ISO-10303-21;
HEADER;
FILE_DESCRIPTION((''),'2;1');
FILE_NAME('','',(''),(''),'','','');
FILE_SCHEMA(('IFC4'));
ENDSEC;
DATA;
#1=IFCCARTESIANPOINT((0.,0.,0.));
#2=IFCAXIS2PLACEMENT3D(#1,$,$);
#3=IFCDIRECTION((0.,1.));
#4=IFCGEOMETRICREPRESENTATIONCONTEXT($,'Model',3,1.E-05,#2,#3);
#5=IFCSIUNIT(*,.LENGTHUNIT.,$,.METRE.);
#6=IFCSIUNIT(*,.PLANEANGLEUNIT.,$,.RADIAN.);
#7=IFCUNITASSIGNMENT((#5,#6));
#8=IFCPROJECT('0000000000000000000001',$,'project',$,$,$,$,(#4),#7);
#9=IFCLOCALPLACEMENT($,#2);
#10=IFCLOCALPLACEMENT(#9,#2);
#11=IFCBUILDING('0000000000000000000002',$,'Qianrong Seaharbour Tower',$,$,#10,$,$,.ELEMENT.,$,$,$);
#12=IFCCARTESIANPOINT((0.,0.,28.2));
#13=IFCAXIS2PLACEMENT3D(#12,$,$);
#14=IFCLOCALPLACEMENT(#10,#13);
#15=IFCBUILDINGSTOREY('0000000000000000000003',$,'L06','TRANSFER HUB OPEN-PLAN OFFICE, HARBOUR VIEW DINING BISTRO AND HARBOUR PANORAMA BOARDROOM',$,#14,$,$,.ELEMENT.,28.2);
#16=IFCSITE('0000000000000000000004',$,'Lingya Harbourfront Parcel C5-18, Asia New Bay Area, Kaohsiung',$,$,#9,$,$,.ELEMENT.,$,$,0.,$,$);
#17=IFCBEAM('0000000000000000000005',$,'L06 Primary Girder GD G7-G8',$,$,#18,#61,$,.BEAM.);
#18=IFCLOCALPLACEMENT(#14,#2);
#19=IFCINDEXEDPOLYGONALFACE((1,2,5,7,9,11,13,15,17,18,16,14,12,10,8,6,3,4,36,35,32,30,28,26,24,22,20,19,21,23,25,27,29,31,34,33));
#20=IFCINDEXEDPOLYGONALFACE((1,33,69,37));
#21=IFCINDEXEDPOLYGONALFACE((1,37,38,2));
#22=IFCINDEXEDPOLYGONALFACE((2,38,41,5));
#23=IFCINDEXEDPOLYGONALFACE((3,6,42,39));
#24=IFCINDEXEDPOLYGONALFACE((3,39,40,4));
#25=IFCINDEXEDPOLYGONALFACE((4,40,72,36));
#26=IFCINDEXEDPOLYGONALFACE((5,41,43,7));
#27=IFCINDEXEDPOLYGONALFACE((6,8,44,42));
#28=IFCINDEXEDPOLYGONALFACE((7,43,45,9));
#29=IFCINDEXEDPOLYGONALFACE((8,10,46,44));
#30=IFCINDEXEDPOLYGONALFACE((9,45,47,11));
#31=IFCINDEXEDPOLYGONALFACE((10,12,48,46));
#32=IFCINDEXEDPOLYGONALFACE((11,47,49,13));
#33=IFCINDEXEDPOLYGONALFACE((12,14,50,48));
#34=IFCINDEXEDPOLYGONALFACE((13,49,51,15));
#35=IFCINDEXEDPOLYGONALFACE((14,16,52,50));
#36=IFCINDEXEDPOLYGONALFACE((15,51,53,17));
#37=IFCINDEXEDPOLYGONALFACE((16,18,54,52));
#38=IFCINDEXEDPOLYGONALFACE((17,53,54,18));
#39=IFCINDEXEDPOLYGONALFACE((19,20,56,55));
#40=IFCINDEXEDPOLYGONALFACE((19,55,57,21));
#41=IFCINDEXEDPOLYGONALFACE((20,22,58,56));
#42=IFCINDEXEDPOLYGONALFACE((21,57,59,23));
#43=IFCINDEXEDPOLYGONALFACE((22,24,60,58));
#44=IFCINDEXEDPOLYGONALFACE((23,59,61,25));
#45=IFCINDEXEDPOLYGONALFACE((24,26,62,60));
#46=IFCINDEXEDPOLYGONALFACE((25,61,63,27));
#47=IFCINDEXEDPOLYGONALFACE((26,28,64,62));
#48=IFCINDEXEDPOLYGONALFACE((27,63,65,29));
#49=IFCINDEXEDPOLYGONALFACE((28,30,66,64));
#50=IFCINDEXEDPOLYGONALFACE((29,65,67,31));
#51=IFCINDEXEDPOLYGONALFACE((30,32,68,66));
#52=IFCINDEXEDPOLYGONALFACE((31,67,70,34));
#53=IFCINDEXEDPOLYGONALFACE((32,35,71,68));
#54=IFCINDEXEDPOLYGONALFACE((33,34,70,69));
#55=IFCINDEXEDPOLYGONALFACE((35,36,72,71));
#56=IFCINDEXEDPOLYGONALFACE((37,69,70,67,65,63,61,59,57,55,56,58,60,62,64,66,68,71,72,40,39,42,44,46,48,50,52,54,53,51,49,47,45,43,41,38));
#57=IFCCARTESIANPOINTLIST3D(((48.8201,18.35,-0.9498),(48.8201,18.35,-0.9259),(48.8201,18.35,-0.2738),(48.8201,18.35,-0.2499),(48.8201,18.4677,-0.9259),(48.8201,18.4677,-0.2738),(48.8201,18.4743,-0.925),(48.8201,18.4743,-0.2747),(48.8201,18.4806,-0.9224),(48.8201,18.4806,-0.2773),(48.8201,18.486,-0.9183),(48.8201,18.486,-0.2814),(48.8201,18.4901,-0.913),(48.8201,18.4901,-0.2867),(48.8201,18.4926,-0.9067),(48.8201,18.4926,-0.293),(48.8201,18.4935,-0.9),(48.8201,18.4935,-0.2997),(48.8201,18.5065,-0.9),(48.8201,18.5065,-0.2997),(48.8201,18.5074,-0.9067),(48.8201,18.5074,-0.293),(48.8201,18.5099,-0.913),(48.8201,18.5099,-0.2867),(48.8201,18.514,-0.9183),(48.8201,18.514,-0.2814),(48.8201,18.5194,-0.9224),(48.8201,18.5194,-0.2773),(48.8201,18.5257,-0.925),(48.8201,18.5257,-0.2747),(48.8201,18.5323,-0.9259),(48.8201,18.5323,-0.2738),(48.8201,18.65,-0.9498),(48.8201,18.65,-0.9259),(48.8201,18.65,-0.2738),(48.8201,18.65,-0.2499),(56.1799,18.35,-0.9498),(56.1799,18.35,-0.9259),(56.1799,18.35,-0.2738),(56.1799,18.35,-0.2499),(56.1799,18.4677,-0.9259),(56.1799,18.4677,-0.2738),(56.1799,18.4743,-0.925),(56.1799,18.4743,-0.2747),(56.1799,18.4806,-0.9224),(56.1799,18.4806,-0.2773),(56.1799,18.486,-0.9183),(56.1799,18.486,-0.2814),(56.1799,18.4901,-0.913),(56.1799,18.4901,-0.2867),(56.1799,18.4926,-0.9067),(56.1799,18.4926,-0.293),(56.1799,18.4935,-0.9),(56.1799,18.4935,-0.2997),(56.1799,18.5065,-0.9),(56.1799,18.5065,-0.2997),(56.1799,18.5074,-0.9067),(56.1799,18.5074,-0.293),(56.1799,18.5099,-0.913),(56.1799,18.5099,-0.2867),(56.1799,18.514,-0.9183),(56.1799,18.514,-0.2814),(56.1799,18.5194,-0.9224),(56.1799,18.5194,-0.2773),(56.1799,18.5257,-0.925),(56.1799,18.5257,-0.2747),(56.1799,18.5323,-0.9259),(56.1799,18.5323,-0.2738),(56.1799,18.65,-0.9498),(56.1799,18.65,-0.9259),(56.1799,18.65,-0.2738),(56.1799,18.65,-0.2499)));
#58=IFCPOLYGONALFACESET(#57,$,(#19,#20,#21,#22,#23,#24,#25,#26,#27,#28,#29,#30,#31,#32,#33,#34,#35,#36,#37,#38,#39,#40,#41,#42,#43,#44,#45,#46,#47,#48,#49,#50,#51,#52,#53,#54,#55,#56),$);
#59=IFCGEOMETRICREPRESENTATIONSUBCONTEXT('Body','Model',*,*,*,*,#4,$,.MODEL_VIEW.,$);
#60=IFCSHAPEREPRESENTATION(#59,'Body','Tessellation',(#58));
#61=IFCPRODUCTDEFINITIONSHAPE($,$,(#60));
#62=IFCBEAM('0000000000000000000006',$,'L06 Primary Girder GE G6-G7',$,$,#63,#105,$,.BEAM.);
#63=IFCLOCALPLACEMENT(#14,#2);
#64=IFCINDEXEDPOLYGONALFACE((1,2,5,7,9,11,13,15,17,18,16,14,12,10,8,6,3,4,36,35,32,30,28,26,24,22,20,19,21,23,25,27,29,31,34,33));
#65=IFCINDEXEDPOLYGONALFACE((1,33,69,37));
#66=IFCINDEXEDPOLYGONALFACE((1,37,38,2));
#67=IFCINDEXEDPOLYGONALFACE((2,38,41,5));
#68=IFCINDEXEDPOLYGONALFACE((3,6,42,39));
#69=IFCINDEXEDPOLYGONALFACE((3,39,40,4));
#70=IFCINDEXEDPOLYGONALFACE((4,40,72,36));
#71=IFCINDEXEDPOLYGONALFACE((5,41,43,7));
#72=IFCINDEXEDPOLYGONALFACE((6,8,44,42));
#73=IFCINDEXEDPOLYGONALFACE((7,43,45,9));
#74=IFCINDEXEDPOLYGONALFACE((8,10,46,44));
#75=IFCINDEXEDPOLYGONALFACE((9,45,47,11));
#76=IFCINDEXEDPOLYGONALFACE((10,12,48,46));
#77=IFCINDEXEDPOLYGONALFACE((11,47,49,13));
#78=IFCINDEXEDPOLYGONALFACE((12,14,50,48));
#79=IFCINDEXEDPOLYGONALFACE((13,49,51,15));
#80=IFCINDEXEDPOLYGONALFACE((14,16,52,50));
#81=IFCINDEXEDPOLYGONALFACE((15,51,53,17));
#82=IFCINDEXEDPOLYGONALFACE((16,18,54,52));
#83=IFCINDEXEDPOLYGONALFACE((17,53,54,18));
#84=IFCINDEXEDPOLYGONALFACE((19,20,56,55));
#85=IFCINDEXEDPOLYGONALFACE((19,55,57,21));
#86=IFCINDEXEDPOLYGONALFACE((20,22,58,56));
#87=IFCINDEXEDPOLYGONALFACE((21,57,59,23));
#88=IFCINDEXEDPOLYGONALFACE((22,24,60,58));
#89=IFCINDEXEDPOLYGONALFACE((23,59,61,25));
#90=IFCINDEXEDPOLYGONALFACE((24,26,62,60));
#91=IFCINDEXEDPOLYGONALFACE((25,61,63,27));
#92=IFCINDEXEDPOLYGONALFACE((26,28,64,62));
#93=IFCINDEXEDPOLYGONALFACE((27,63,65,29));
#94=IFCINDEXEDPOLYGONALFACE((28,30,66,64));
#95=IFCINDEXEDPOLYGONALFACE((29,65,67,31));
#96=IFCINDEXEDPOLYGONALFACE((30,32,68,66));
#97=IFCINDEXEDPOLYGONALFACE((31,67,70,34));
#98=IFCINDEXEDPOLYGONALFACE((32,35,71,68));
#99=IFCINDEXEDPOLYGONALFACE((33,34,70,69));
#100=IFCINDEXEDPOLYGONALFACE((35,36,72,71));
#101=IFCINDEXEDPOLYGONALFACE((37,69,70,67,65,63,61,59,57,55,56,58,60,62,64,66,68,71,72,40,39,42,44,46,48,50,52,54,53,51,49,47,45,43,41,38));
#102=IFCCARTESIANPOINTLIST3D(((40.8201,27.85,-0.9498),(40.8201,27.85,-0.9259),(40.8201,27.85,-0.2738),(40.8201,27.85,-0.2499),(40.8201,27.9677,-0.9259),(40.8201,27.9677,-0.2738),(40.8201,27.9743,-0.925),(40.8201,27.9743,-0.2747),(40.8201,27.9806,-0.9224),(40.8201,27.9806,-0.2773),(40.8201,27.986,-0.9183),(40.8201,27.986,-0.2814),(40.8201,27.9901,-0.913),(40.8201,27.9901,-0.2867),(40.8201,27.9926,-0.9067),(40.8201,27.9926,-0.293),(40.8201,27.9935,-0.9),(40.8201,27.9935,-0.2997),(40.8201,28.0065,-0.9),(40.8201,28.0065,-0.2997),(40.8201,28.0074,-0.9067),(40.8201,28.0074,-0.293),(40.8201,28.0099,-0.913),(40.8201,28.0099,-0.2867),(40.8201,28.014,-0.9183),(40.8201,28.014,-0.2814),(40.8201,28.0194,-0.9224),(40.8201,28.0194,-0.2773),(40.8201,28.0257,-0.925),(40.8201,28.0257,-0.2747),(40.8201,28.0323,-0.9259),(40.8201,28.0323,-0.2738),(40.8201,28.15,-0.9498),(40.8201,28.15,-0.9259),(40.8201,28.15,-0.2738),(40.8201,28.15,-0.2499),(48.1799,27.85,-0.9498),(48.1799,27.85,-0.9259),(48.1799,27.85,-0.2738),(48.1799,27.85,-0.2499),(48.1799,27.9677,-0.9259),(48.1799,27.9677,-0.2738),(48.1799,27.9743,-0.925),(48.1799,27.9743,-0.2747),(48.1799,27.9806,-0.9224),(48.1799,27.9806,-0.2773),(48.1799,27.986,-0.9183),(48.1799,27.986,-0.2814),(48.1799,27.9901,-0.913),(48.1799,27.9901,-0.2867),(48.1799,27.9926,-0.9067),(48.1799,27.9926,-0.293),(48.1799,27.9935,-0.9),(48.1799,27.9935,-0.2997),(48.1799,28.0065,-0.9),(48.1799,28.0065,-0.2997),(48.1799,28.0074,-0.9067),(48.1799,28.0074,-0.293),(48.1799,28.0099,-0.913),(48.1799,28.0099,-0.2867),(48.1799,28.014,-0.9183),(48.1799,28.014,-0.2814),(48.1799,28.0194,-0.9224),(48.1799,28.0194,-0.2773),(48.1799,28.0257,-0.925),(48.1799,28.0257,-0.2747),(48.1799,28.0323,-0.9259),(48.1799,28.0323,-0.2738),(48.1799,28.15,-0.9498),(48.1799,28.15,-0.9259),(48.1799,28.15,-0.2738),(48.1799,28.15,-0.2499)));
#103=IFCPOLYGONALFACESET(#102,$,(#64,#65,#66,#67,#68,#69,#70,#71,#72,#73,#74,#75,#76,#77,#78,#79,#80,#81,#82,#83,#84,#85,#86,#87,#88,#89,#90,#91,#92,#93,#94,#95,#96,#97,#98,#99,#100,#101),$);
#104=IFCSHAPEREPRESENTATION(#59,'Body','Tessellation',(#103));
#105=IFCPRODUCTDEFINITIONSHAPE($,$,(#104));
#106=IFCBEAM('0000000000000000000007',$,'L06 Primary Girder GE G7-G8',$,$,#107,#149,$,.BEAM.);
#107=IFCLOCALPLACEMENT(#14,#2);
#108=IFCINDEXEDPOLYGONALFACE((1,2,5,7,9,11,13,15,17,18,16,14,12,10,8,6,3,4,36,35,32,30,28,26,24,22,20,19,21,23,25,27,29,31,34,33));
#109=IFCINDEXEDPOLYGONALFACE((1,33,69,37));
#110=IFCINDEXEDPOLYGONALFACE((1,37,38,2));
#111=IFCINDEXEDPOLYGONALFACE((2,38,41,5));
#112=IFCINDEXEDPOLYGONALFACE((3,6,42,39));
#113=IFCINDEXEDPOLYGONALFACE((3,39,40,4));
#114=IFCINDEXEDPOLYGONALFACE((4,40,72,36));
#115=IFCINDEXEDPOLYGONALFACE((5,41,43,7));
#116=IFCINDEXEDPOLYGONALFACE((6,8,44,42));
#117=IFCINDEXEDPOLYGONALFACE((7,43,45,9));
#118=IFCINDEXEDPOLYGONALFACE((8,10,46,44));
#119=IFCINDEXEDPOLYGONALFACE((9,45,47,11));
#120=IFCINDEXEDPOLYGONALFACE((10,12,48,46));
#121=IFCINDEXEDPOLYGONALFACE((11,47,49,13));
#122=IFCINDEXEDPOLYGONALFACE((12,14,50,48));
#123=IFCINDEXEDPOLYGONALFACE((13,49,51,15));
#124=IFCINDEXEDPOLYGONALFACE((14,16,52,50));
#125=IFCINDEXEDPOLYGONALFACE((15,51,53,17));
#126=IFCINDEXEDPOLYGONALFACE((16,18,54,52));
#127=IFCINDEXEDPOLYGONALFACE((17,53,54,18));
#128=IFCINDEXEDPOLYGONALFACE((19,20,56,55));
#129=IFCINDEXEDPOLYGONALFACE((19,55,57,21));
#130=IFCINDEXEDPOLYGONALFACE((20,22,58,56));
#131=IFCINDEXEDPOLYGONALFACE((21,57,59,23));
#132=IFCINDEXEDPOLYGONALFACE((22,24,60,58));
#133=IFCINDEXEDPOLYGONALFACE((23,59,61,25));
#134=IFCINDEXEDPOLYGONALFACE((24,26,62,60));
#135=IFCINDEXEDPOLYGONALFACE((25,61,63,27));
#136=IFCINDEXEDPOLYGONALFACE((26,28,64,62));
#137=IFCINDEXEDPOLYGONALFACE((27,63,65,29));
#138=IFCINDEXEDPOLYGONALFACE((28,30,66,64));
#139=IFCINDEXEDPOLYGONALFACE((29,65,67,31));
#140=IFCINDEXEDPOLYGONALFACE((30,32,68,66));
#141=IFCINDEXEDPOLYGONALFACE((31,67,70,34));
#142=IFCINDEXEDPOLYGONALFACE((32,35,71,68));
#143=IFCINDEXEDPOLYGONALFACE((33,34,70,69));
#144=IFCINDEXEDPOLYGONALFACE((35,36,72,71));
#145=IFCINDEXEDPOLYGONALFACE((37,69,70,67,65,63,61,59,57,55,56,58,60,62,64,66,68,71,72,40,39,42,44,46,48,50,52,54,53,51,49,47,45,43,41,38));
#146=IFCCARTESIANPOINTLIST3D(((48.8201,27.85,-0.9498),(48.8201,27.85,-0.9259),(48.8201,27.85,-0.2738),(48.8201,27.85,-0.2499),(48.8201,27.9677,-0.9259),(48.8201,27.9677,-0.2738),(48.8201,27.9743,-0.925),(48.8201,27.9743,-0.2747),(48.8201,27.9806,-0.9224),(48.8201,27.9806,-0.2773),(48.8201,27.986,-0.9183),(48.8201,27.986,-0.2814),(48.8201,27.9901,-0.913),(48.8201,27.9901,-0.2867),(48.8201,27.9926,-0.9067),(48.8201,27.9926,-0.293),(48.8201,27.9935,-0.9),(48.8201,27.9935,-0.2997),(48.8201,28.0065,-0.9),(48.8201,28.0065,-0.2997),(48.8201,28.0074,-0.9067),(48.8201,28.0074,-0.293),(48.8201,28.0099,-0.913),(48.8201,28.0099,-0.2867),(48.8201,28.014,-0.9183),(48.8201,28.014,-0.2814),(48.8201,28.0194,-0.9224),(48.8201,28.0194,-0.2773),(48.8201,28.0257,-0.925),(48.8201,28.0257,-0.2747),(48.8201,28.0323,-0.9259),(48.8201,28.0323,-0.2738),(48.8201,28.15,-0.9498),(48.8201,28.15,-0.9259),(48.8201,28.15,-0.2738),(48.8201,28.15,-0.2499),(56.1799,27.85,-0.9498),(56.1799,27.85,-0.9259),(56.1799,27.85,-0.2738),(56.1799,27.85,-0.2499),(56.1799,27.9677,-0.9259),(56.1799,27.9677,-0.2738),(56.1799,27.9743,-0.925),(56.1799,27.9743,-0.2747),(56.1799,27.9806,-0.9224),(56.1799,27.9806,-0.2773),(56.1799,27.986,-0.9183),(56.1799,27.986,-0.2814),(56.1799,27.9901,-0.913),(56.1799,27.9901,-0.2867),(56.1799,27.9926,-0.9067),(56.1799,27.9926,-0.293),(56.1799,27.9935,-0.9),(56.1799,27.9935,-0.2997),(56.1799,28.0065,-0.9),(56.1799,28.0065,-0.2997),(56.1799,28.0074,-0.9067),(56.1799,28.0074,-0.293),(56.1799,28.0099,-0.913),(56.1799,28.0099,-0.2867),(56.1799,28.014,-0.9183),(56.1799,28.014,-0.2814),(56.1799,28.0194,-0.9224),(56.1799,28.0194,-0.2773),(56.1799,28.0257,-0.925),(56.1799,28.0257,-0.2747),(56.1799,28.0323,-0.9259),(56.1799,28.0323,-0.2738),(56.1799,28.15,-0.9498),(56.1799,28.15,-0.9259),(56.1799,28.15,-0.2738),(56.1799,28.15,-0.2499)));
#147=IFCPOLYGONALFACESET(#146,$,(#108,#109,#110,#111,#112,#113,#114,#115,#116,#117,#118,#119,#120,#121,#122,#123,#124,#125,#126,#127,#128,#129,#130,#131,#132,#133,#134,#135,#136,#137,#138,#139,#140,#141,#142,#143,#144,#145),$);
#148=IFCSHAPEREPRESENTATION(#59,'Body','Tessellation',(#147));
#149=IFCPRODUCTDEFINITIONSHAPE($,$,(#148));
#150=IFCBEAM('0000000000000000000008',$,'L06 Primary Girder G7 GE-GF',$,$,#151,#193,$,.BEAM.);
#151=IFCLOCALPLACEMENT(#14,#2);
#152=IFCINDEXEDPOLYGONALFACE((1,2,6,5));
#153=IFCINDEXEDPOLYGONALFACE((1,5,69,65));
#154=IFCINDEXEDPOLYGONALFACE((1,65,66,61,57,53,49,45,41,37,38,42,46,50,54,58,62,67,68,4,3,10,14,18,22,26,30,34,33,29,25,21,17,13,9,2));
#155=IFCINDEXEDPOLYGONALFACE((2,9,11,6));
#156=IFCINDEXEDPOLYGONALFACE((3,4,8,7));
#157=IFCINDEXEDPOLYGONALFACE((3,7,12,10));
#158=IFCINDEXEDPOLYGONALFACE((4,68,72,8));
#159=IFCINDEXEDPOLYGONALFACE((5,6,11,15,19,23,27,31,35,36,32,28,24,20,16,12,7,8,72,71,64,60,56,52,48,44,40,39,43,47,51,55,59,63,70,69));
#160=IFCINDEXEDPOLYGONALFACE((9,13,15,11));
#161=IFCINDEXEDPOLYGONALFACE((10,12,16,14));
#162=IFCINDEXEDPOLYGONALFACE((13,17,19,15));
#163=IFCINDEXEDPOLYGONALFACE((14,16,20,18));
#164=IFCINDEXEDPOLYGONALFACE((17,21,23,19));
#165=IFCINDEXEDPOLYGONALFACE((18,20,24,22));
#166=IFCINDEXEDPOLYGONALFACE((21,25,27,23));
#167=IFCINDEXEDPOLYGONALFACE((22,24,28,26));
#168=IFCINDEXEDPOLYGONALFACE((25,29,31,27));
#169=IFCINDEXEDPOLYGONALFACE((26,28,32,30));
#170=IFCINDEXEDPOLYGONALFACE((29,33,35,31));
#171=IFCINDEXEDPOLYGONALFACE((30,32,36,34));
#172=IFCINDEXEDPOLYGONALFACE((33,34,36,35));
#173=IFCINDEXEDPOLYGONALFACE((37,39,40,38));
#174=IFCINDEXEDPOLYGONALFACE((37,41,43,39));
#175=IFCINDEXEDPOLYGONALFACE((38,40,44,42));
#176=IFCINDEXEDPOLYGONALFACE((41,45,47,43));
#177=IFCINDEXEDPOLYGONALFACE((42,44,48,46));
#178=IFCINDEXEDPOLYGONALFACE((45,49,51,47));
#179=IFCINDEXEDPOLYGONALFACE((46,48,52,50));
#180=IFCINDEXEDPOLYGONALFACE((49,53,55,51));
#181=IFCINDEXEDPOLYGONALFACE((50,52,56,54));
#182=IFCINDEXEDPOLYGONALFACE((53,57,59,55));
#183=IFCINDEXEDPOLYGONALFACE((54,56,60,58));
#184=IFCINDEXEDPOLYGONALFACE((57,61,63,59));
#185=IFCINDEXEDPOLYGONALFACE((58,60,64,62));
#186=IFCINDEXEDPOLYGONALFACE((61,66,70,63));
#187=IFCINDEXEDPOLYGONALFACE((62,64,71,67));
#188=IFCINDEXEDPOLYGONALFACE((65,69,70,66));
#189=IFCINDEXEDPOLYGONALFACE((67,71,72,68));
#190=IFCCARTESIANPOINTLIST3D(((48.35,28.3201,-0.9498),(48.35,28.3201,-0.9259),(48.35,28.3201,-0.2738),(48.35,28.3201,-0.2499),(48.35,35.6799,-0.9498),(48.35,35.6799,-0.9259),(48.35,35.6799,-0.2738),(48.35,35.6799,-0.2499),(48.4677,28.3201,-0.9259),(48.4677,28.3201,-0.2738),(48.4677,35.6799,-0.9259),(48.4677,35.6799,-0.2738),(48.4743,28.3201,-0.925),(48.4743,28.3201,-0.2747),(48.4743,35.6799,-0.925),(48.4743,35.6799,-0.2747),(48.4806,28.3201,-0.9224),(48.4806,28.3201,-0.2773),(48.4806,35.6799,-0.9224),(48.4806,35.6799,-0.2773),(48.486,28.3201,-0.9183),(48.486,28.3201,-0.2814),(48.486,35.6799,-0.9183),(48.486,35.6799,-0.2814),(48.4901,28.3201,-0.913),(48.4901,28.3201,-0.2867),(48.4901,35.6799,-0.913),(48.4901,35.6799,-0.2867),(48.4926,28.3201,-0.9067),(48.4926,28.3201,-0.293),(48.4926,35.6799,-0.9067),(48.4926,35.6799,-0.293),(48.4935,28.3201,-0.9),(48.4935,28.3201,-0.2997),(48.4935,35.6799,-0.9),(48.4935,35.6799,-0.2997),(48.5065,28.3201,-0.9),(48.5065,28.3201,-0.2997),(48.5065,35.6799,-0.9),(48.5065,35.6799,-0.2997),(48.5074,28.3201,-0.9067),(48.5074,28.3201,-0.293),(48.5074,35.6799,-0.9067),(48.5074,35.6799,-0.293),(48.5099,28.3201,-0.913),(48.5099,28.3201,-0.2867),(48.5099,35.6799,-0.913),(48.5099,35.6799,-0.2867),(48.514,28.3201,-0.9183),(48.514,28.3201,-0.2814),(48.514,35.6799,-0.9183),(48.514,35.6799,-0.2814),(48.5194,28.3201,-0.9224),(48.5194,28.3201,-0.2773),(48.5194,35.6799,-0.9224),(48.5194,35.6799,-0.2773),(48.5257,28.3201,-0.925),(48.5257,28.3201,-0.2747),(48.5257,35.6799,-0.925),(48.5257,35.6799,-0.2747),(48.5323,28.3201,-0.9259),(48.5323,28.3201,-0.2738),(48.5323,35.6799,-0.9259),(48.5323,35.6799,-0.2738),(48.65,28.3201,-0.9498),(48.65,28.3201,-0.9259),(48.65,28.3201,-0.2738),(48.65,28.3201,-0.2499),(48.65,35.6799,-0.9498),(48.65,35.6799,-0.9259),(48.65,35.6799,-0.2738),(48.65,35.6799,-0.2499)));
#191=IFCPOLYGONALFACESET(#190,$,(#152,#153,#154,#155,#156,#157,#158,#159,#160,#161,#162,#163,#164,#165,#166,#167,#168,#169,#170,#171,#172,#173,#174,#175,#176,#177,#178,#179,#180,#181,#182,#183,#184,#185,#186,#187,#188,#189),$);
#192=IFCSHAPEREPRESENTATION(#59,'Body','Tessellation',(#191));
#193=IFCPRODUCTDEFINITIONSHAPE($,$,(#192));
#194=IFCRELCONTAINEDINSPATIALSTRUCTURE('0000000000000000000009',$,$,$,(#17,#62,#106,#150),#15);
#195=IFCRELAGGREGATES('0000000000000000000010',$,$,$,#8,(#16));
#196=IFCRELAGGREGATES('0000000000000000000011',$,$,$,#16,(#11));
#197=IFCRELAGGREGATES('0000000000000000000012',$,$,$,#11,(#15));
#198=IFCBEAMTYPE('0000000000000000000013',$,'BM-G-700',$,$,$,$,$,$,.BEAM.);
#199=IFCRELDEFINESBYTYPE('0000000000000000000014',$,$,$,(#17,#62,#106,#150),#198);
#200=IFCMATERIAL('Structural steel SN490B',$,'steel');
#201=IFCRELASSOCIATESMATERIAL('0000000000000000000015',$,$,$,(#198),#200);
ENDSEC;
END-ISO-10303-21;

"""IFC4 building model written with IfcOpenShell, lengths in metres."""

from ifc_helpers import new_model, si_unit, direction, frame, origin, origin_2d, place, context, subcontext, project, spatial, i_section, extrude, material, material_profile, profile_set, type_object, element, save


model = new_model("IFC4")

# Units and contexts
model_context = context("Model", 3, precision=1e-05, world=origin(), true_north=direction((0.0, 1.0)))
body_context = subcontext(model_context, "Body", "Model", "MODEL_VIEW")
ifc_project = project(units=[si_unit("LENGTHUNIT", "METRE"), si_unit("PLANEANGLEUNIT", "RADIAN")], contexts=[model_context])

# Site, building, storey
site_placement = place(None, origin())
site = spatial("IfcSite", under=ifc_project, at=site_placement, Name="Lingya Harbourfront Parcel C5-18, Asia New Bay Area, Kaohsiung", CompositionType="ELEMENT", RefElevation=0.0)
building_placement = place(site_placement, origin())
building = spatial("IfcBuilding", under=site, at=building_placement, Name="Qianrong Seaharbour Tower", CompositionType="ELEMENT")
storey_placement = place(building_placement, frame((0.0, 0.0, 28.2)))
storey = spatial("IfcBuildingStorey", under=building, at=storey_placement, Name="L06", Description="TRANSFER HUB OPEN-PLAN OFFICE, HARBOUR VIEW DINING BISTRO AND HARBOUR PANORAMA BOARDROOM", CompositionType="ELEMENT", Elevation=28.2)

# Shared definitions
ifc_material_1 = material(Name="Structural steel SN490B", Category="steel")

# Beams
ifc_material_profile_1 = material_profile(ifc_material_1, i_section(OverallWidth=0.3, OverallDepth=0.7, WebThickness=0.0129, FlangeThickness=0.0239, FilletRadius=0.0259, at=origin_2d()), Name="H700x300x13x24")
ifc_profile_set_1 = profile_set([ifc_material_profile_1], Name="Structural steel SN490B")
beam_type_1 = type_object("IfcBeamType", Name="BM-G-700", PredefinedType="BEAM", material=ifc_profile_set_1)
for number, where, z_axis, x_axis, name in (
    (1, (48.8201, 18.5, -0.5999), (1.0, 0.0, 0.0), (0.0, 1.0, 0.0), "L06 Primary Girder GD G7-G8"),
    (2, (40.8201, 28.0, -0.5999), (1.0, 0.0, 0.0), (0.0, 1.0, 0.0), "L06 Primary Girder GE G6-G7"),
    (3, (48.8201, 28.0, -0.5999), (1.0, 0.0, 0.0), (0.0, 1.0, 0.0), "L06 Primary Girder GE G7-G8"),
    (4, (48.5, 28.3201, -0.5999), (0.0, 1.0, 0.0), (-1.0, 0.0, 0.0), "L06 Primary Girder G7 GE-GF"),
):
    element("IfcBeam", number, at=place(storey_placement, frame(where, z_axis=z_axis, x_axis=x_axis)), inside=storey, type_object=beam_type_1, Name=name, PredefinedType="BEAM", context=body_context, shape_type="SweptSolid", body=[
        extrude(i_section(OverallWidth=0.3, OverallDepth=0.7, WebThickness=0.0129, FlangeThickness=0.0239, FilletRadius=0.0259, at=origin_2d()), origin(), (0.0, 0.0, 1.0), 7.3599),
    ])

save(model, "model.ifc")
